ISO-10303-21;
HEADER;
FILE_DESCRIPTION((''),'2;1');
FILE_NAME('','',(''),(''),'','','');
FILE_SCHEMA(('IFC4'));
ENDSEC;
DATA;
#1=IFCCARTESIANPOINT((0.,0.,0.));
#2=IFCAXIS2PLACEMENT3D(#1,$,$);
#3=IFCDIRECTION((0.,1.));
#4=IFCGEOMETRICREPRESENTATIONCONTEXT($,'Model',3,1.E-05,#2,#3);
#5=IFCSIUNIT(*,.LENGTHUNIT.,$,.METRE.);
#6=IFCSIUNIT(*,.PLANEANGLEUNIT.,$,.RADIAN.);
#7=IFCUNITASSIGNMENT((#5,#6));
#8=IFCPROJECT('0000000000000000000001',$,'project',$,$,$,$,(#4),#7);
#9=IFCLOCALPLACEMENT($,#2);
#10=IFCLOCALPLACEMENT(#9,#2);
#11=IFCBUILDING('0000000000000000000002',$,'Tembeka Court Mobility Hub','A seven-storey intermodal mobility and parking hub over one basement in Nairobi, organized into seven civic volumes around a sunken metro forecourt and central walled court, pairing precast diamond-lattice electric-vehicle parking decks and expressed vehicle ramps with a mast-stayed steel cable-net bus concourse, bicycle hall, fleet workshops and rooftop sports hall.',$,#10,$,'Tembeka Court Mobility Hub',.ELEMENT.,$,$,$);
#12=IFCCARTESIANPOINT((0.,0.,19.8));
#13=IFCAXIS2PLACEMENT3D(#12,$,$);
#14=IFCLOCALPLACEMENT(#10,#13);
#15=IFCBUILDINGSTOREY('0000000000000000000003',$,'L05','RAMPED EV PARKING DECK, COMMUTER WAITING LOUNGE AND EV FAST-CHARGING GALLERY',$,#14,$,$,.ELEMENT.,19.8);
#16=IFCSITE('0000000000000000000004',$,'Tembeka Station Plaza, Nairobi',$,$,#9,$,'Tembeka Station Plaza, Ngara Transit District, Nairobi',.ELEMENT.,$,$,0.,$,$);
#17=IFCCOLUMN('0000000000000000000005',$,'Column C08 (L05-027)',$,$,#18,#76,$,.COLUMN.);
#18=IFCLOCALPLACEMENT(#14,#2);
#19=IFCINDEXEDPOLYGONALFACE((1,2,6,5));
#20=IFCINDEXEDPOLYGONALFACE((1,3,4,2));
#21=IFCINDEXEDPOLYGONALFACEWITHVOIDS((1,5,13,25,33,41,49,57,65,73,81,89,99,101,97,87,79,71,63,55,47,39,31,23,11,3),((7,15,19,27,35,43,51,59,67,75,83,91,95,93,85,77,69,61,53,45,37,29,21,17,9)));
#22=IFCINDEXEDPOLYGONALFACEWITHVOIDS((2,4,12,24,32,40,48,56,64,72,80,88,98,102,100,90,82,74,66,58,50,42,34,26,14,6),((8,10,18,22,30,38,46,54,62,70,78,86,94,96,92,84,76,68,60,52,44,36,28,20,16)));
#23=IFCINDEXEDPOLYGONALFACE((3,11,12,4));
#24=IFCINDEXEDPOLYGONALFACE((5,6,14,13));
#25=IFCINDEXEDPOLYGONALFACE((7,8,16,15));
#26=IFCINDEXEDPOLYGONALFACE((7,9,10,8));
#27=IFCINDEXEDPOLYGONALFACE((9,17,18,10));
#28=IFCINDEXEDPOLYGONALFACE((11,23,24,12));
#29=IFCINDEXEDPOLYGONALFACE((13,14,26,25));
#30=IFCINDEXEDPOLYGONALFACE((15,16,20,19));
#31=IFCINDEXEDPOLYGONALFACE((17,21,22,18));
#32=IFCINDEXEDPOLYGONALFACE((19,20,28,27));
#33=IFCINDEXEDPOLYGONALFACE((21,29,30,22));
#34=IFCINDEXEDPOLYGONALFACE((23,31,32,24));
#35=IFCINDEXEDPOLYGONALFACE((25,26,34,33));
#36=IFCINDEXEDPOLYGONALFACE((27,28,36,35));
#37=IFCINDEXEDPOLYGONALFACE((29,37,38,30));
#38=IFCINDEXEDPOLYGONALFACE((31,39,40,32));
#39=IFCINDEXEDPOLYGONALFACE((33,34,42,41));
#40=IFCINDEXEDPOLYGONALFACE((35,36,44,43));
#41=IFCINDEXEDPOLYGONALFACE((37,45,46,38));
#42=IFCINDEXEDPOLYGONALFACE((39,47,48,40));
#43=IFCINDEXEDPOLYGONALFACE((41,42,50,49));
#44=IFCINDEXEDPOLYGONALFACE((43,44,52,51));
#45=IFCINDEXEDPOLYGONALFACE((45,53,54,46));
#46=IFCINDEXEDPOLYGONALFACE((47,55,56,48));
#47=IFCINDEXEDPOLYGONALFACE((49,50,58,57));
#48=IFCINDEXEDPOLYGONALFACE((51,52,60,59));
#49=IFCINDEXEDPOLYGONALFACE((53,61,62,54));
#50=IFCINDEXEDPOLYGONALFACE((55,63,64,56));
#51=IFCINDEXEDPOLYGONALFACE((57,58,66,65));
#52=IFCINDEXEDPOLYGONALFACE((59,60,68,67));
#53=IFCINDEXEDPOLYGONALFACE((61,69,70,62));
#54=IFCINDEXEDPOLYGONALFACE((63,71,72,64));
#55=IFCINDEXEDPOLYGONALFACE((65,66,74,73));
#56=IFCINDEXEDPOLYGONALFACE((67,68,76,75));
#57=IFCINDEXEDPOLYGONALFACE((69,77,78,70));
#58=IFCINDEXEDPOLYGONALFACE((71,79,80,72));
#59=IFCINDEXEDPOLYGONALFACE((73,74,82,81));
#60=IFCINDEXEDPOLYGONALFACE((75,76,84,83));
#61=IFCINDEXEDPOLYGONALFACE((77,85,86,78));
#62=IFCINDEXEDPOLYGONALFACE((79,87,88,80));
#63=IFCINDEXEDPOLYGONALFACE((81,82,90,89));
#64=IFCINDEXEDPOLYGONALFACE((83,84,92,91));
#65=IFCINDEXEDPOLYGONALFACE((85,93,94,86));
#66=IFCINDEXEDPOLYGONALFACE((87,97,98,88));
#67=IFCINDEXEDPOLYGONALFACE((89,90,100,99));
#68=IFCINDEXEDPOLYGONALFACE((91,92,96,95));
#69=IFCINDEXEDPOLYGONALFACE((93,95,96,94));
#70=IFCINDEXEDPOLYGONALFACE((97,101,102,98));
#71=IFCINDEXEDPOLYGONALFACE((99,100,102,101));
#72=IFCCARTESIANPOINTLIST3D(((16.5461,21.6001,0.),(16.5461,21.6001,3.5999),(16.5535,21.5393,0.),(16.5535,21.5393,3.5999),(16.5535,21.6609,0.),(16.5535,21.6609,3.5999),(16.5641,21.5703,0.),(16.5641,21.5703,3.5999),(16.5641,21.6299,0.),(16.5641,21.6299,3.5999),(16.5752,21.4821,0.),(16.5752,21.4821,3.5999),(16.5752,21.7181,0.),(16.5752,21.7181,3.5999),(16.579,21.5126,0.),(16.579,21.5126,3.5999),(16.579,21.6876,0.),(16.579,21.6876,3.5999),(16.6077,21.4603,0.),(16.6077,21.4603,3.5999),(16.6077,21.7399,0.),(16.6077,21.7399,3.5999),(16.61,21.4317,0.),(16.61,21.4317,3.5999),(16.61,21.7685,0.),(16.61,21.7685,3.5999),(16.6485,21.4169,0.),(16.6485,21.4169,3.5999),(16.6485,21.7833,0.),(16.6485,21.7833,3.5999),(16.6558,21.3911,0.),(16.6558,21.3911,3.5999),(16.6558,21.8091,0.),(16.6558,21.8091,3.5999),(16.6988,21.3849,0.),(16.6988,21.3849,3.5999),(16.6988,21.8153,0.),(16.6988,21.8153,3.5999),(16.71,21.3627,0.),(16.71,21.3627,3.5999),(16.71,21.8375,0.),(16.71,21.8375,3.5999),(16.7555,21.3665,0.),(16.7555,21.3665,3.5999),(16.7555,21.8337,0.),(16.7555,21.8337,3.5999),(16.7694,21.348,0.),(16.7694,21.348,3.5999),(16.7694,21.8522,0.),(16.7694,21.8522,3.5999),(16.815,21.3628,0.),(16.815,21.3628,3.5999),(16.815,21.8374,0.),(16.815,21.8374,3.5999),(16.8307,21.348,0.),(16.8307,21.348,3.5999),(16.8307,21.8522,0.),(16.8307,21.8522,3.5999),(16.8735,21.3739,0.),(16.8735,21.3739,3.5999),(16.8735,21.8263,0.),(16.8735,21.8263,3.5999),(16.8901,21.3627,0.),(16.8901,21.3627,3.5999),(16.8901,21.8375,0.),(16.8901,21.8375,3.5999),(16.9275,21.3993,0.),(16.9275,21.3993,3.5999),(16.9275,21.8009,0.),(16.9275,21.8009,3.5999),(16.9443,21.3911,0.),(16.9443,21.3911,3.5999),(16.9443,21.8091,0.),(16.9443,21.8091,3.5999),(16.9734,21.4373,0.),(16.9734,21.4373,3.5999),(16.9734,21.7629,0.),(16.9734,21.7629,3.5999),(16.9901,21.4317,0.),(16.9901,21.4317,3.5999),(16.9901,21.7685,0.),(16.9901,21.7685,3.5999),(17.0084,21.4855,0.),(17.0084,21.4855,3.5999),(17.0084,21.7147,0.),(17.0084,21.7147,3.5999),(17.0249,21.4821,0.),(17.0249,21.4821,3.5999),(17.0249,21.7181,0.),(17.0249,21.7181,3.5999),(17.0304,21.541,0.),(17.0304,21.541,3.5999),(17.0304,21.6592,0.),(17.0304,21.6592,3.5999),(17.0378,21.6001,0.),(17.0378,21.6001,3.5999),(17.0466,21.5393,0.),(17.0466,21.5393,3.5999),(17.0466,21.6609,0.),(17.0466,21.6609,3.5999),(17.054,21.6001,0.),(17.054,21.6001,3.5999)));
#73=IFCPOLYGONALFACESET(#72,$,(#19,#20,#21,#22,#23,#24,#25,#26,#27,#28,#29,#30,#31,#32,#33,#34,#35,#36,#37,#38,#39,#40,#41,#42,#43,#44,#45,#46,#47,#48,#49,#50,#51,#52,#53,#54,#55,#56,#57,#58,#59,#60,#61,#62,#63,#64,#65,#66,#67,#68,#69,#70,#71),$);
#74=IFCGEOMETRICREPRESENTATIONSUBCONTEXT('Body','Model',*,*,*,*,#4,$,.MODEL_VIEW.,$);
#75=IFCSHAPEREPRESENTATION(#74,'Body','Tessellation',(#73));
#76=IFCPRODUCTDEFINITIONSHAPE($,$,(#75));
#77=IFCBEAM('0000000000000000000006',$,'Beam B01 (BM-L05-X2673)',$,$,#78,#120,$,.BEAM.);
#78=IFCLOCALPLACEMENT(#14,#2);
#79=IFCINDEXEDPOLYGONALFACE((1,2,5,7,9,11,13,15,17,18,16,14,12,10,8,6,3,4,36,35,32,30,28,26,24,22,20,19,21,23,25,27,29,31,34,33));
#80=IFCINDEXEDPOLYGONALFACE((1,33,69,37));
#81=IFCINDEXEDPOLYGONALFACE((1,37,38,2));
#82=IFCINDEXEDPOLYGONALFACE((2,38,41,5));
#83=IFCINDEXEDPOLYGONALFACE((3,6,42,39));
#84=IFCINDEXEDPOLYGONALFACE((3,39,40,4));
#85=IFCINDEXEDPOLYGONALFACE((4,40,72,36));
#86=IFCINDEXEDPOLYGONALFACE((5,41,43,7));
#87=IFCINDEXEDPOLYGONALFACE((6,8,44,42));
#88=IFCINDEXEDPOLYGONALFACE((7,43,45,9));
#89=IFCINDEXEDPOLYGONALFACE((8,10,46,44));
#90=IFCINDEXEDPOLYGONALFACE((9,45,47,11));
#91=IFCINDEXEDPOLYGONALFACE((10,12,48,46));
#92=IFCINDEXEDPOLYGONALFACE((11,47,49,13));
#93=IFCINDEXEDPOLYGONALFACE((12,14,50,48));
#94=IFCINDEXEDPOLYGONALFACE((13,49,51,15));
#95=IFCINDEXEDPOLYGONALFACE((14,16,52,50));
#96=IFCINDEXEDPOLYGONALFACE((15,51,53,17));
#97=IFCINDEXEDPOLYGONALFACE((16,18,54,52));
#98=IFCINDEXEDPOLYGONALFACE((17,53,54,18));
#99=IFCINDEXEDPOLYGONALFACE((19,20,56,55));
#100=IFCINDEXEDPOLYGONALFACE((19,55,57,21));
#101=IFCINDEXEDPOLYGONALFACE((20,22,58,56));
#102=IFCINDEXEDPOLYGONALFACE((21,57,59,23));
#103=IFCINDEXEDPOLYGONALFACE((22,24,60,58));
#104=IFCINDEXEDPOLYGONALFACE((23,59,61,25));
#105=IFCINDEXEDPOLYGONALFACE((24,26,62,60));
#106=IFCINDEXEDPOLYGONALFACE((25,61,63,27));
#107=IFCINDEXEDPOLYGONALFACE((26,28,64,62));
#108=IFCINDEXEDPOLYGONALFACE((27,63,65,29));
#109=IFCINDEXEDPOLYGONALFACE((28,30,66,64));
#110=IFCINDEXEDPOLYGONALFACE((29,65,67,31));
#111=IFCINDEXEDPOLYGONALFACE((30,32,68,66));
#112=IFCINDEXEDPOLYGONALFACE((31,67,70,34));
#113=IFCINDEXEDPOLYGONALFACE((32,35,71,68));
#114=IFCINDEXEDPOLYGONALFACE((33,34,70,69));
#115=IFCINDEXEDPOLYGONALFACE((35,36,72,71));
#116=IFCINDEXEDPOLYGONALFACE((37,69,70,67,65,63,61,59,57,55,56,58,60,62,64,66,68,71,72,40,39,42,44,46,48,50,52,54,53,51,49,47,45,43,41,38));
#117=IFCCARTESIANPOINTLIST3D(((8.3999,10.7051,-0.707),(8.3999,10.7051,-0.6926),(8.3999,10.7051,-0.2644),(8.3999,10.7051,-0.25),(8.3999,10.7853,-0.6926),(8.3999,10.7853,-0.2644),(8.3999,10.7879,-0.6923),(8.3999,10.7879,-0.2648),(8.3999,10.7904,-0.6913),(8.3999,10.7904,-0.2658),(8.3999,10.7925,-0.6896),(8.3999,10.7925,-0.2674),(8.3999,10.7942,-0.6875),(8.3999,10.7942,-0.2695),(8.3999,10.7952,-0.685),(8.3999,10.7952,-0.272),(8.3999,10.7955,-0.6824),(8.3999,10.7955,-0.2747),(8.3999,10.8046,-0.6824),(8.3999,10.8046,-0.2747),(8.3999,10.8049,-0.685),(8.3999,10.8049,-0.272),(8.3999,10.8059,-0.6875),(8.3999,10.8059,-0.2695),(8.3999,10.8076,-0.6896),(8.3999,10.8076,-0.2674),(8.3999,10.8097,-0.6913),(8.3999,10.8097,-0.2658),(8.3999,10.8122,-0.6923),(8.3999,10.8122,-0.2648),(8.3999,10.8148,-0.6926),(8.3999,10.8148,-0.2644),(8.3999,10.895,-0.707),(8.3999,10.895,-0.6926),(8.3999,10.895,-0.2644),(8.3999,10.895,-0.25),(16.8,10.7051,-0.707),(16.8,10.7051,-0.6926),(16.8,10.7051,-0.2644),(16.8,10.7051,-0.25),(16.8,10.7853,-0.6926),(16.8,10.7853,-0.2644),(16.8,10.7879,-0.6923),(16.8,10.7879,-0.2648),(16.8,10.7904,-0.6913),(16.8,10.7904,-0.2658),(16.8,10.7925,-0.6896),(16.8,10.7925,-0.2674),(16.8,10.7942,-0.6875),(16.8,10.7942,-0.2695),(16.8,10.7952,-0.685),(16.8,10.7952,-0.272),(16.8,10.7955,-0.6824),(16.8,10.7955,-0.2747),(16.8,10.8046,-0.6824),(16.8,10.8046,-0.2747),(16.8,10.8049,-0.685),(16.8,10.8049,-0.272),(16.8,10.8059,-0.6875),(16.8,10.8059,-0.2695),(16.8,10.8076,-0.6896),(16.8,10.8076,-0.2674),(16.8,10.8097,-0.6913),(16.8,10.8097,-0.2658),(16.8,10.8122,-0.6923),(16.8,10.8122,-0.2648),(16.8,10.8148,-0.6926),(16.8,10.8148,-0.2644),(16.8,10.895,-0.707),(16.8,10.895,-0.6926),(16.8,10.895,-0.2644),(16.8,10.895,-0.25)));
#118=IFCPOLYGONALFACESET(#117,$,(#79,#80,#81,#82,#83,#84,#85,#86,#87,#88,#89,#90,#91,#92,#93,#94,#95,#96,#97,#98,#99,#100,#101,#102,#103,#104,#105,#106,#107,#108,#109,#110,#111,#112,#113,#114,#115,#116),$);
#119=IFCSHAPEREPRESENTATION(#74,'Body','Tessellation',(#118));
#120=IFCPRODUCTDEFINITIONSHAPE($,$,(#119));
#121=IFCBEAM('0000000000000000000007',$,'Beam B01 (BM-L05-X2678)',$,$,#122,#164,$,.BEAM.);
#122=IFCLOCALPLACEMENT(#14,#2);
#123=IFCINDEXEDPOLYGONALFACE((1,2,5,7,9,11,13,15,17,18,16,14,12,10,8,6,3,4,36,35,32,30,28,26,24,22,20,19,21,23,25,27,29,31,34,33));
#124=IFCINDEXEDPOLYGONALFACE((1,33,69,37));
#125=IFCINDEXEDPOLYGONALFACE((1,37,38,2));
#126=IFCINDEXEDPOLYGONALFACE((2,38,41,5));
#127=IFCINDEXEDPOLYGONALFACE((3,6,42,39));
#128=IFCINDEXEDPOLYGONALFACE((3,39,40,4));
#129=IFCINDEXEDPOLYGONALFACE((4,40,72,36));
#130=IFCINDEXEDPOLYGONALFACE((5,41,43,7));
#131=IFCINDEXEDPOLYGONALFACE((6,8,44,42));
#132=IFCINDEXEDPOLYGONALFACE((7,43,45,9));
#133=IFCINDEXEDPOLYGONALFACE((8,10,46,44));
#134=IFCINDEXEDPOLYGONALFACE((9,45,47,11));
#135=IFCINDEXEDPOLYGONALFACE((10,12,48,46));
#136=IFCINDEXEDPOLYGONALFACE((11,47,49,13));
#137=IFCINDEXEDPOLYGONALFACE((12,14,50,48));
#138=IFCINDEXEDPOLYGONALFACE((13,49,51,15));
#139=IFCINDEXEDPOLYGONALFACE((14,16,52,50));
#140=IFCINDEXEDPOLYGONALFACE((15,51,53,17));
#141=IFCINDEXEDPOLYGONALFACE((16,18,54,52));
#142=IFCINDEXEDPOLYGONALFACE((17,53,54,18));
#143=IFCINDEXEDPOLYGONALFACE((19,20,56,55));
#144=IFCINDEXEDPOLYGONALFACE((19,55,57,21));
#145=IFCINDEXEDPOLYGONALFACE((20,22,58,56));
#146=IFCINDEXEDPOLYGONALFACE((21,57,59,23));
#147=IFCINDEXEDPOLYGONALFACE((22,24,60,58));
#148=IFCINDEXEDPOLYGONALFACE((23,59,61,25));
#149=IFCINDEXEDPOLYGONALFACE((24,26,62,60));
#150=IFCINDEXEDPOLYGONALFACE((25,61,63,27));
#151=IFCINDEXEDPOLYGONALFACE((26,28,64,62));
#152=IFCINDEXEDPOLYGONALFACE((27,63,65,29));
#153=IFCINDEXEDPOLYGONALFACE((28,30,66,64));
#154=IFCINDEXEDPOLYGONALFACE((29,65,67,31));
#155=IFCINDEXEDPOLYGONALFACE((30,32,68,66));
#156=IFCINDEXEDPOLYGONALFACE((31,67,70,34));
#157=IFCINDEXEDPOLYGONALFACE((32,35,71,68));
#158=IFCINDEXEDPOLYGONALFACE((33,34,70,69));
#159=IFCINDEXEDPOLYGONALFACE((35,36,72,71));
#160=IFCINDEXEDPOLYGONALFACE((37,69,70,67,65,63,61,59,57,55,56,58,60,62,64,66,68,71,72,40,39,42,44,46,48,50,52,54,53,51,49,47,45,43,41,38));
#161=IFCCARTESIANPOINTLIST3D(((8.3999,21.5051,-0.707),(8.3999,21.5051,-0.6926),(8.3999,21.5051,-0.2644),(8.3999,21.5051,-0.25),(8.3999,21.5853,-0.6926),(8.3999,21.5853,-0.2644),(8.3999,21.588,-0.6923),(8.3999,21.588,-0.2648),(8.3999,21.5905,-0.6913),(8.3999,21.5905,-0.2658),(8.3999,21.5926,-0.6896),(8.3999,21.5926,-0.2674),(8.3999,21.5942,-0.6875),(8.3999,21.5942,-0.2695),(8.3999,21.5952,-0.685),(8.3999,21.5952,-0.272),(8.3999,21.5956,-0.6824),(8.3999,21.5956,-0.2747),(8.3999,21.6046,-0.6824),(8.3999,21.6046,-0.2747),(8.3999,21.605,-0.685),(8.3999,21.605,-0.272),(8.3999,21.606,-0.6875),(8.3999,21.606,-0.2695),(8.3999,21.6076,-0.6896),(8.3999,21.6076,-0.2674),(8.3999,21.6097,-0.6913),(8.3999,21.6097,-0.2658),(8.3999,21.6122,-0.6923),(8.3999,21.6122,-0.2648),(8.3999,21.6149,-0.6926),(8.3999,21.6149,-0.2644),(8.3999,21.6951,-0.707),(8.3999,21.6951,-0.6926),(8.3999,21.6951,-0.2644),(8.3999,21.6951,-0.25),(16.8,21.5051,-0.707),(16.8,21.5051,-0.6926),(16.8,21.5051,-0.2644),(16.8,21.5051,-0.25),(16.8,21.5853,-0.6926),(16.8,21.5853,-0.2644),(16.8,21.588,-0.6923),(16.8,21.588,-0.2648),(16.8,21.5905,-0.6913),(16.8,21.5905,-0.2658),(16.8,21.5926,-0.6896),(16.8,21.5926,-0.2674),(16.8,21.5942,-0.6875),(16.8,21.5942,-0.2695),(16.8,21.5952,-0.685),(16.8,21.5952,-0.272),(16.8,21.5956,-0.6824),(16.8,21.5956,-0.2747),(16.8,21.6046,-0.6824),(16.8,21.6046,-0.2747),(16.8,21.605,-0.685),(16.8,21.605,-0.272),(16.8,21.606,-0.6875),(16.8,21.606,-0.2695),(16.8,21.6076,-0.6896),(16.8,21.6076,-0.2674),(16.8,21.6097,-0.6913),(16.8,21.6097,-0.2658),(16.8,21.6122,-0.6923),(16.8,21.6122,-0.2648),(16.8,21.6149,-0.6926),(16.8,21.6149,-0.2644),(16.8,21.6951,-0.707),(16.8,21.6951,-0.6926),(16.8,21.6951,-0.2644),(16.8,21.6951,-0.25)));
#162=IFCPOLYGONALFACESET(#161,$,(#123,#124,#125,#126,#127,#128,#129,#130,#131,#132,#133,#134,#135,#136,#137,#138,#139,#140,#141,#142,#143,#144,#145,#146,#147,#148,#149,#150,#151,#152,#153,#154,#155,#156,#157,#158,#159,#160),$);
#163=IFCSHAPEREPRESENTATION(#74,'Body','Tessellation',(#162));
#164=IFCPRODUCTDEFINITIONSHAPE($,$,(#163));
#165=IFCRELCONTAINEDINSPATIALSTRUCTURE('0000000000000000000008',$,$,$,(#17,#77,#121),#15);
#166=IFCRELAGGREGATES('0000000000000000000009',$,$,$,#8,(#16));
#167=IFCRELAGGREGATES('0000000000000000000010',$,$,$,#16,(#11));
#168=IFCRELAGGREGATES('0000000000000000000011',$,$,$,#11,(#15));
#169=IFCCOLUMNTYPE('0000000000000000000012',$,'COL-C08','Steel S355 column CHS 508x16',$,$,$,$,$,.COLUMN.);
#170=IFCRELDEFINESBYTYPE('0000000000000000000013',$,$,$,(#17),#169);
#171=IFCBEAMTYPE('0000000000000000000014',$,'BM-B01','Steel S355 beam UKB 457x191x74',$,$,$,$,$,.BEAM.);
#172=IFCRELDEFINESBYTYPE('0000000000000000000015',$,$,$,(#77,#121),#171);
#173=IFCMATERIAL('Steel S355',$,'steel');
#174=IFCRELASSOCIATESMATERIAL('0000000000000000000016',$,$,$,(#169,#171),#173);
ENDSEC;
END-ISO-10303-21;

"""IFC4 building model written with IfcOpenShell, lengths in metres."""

from ifc_helpers import new_model, si_unit, direction, frame, origin, origin_2d, place, context, subcontext, project, spatial, hollow_circle, i_section, extrude, material, material_profile, profile_set, type_object, element, save


model = new_model("IFC4")

# Units and contexts
model_context = context("Model", 3, precision=1e-05, world=origin(), true_north=direction((0.0, 1.0)))
body_context = subcontext(model_context, "Body", "Model", "MODEL_VIEW")
ifc_project = project(units=[si_unit("LENGTHUNIT", "METRE"), si_unit("PLANEANGLEUNIT", "RADIAN")], contexts=[model_context])

# Site, building, storey
site_placement = place(None, origin())
site = spatial("IfcSite", under=ifc_project, at=site_placement, Name="Tembeka Station Plaza, Nairobi", LongName="Tembeka Station Plaza, Ngara Transit District, Nairobi", CompositionType="ELEMENT", RefElevation=0.0)
building_placement = place(site_placement, origin())
building = spatial("IfcBuilding", under=site, at=building_placement, Name="Tembeka Court Mobility Hub", Description="A seven-storey intermodal mobility and parking hub over one basement in Nairobi, organized into seven civic volumes around a sunken metro forecourt and central walled court, pairing precast diamond-lattice electric-vehicle parking decks and expressed vehicle ramps with a mast-stayed steel cable-net bus concourse, bicycle hall, fleet workshops and rooftop sports hall.", LongName="Tembeka Court Mobility Hub", CompositionType="ELEMENT")
storey_placement = place(building_placement, frame((0.0, 0.0, 19.8)))
storey = spatial("IfcBuildingStorey", under=building, at=storey_placement, Name="L05", Description="RAMPED EV PARKING DECK, COMMUTER WAITING LOUNGE AND EV FAST-CHARGING GALLERY", CompositionType="ELEMENT", Elevation=19.8)

# Column
ifc_material_1 = material(Name="Steel S355", Category="steel")
ifc_material_profile_1 = material_profile(ifc_material_1, hollow_circle(Radius=0.2539, WallThickness=0.0161, at=origin_2d()), Name="CHS 508x16")
ifc_profile_set_1 = profile_set([ifc_material_profile_1], Name="Steel S355")
column_type = type_object("IfcColumnType", Name="COL-C08", Description="Steel S355 column CHS 508x16", PredefinedType="COLUMN", material=ifc_profile_set_1)
for number, where, z_axis, x_axis, name in (
    (1, (16.8, 21.6001, 0.0), (0.0, 0.0, 1.0), (1.0, 0.0, 0.0), "Column C08 (L05-027)"),
):
    element("IfcColumn", number, at=place(storey_placement, frame(where, z_axis=z_axis, x_axis=x_axis)), inside=storey, type_object=column_type, Name=name, PredefinedType="COLUMN", context=body_context, shape_type="SweptSolid", body=[
        extrude(hollow_circle(Radius=0.2539, WallThickness=0.0161, at=origin_2d()), origin(), (0.0, 0.0, 1.0), 3.5999),
    ])

# Beams
ifc_material_profile_2 = material_profile(ifc_material_1, i_section(OverallWidth=0.1899, OverallDepth=0.457, WebThickness=0.009, FlangeThickness=0.0144, FilletRadius=0.0103, at=origin_2d()), Name="UKB 457x191x74")
ifc_profile_set_2 = profile_set([ifc_material_profile_2], Name="Steel S355")
beam_type_1 = type_object("IfcBeamType", Name="BM-B01", Description="Steel S355 beam UKB 457x191x74", PredefinedType="BEAM", material=ifc_profile_set_2)
for number, where, z_axis, x_axis, name in (
    (2, (8.3999, 10.8, -0.4785), (1.0, 0.0, 0.0), (0.0, 1.0, 0.0), "Beam B01 (BM-L05-X2673)"),
    (3, (8.3999, 21.6001, -0.4785), (1.0, 0.0, 0.0), (0.0, 1.0, 0.0), "Beam B01 (BM-L05-X2678)"),
):
    element("IfcBeam", number, at=place(storey_placement, frame(where, z_axis=z_axis, x_axis=x_axis)), inside=storey, type_object=beam_type_1, Name=name, PredefinedType="BEAM", context=body_context, shape_type="SweptSolid", body=[
        extrude(i_section(OverallWidth=0.1899, OverallDepth=0.457, WebThickness=0.009, FlangeThickness=0.0144, FilletRadius=0.0103, at=origin_2d()), origin(), (0.0, 0.0, 1.0), 8.4001),
    ])

save(model, "model.ifc")
